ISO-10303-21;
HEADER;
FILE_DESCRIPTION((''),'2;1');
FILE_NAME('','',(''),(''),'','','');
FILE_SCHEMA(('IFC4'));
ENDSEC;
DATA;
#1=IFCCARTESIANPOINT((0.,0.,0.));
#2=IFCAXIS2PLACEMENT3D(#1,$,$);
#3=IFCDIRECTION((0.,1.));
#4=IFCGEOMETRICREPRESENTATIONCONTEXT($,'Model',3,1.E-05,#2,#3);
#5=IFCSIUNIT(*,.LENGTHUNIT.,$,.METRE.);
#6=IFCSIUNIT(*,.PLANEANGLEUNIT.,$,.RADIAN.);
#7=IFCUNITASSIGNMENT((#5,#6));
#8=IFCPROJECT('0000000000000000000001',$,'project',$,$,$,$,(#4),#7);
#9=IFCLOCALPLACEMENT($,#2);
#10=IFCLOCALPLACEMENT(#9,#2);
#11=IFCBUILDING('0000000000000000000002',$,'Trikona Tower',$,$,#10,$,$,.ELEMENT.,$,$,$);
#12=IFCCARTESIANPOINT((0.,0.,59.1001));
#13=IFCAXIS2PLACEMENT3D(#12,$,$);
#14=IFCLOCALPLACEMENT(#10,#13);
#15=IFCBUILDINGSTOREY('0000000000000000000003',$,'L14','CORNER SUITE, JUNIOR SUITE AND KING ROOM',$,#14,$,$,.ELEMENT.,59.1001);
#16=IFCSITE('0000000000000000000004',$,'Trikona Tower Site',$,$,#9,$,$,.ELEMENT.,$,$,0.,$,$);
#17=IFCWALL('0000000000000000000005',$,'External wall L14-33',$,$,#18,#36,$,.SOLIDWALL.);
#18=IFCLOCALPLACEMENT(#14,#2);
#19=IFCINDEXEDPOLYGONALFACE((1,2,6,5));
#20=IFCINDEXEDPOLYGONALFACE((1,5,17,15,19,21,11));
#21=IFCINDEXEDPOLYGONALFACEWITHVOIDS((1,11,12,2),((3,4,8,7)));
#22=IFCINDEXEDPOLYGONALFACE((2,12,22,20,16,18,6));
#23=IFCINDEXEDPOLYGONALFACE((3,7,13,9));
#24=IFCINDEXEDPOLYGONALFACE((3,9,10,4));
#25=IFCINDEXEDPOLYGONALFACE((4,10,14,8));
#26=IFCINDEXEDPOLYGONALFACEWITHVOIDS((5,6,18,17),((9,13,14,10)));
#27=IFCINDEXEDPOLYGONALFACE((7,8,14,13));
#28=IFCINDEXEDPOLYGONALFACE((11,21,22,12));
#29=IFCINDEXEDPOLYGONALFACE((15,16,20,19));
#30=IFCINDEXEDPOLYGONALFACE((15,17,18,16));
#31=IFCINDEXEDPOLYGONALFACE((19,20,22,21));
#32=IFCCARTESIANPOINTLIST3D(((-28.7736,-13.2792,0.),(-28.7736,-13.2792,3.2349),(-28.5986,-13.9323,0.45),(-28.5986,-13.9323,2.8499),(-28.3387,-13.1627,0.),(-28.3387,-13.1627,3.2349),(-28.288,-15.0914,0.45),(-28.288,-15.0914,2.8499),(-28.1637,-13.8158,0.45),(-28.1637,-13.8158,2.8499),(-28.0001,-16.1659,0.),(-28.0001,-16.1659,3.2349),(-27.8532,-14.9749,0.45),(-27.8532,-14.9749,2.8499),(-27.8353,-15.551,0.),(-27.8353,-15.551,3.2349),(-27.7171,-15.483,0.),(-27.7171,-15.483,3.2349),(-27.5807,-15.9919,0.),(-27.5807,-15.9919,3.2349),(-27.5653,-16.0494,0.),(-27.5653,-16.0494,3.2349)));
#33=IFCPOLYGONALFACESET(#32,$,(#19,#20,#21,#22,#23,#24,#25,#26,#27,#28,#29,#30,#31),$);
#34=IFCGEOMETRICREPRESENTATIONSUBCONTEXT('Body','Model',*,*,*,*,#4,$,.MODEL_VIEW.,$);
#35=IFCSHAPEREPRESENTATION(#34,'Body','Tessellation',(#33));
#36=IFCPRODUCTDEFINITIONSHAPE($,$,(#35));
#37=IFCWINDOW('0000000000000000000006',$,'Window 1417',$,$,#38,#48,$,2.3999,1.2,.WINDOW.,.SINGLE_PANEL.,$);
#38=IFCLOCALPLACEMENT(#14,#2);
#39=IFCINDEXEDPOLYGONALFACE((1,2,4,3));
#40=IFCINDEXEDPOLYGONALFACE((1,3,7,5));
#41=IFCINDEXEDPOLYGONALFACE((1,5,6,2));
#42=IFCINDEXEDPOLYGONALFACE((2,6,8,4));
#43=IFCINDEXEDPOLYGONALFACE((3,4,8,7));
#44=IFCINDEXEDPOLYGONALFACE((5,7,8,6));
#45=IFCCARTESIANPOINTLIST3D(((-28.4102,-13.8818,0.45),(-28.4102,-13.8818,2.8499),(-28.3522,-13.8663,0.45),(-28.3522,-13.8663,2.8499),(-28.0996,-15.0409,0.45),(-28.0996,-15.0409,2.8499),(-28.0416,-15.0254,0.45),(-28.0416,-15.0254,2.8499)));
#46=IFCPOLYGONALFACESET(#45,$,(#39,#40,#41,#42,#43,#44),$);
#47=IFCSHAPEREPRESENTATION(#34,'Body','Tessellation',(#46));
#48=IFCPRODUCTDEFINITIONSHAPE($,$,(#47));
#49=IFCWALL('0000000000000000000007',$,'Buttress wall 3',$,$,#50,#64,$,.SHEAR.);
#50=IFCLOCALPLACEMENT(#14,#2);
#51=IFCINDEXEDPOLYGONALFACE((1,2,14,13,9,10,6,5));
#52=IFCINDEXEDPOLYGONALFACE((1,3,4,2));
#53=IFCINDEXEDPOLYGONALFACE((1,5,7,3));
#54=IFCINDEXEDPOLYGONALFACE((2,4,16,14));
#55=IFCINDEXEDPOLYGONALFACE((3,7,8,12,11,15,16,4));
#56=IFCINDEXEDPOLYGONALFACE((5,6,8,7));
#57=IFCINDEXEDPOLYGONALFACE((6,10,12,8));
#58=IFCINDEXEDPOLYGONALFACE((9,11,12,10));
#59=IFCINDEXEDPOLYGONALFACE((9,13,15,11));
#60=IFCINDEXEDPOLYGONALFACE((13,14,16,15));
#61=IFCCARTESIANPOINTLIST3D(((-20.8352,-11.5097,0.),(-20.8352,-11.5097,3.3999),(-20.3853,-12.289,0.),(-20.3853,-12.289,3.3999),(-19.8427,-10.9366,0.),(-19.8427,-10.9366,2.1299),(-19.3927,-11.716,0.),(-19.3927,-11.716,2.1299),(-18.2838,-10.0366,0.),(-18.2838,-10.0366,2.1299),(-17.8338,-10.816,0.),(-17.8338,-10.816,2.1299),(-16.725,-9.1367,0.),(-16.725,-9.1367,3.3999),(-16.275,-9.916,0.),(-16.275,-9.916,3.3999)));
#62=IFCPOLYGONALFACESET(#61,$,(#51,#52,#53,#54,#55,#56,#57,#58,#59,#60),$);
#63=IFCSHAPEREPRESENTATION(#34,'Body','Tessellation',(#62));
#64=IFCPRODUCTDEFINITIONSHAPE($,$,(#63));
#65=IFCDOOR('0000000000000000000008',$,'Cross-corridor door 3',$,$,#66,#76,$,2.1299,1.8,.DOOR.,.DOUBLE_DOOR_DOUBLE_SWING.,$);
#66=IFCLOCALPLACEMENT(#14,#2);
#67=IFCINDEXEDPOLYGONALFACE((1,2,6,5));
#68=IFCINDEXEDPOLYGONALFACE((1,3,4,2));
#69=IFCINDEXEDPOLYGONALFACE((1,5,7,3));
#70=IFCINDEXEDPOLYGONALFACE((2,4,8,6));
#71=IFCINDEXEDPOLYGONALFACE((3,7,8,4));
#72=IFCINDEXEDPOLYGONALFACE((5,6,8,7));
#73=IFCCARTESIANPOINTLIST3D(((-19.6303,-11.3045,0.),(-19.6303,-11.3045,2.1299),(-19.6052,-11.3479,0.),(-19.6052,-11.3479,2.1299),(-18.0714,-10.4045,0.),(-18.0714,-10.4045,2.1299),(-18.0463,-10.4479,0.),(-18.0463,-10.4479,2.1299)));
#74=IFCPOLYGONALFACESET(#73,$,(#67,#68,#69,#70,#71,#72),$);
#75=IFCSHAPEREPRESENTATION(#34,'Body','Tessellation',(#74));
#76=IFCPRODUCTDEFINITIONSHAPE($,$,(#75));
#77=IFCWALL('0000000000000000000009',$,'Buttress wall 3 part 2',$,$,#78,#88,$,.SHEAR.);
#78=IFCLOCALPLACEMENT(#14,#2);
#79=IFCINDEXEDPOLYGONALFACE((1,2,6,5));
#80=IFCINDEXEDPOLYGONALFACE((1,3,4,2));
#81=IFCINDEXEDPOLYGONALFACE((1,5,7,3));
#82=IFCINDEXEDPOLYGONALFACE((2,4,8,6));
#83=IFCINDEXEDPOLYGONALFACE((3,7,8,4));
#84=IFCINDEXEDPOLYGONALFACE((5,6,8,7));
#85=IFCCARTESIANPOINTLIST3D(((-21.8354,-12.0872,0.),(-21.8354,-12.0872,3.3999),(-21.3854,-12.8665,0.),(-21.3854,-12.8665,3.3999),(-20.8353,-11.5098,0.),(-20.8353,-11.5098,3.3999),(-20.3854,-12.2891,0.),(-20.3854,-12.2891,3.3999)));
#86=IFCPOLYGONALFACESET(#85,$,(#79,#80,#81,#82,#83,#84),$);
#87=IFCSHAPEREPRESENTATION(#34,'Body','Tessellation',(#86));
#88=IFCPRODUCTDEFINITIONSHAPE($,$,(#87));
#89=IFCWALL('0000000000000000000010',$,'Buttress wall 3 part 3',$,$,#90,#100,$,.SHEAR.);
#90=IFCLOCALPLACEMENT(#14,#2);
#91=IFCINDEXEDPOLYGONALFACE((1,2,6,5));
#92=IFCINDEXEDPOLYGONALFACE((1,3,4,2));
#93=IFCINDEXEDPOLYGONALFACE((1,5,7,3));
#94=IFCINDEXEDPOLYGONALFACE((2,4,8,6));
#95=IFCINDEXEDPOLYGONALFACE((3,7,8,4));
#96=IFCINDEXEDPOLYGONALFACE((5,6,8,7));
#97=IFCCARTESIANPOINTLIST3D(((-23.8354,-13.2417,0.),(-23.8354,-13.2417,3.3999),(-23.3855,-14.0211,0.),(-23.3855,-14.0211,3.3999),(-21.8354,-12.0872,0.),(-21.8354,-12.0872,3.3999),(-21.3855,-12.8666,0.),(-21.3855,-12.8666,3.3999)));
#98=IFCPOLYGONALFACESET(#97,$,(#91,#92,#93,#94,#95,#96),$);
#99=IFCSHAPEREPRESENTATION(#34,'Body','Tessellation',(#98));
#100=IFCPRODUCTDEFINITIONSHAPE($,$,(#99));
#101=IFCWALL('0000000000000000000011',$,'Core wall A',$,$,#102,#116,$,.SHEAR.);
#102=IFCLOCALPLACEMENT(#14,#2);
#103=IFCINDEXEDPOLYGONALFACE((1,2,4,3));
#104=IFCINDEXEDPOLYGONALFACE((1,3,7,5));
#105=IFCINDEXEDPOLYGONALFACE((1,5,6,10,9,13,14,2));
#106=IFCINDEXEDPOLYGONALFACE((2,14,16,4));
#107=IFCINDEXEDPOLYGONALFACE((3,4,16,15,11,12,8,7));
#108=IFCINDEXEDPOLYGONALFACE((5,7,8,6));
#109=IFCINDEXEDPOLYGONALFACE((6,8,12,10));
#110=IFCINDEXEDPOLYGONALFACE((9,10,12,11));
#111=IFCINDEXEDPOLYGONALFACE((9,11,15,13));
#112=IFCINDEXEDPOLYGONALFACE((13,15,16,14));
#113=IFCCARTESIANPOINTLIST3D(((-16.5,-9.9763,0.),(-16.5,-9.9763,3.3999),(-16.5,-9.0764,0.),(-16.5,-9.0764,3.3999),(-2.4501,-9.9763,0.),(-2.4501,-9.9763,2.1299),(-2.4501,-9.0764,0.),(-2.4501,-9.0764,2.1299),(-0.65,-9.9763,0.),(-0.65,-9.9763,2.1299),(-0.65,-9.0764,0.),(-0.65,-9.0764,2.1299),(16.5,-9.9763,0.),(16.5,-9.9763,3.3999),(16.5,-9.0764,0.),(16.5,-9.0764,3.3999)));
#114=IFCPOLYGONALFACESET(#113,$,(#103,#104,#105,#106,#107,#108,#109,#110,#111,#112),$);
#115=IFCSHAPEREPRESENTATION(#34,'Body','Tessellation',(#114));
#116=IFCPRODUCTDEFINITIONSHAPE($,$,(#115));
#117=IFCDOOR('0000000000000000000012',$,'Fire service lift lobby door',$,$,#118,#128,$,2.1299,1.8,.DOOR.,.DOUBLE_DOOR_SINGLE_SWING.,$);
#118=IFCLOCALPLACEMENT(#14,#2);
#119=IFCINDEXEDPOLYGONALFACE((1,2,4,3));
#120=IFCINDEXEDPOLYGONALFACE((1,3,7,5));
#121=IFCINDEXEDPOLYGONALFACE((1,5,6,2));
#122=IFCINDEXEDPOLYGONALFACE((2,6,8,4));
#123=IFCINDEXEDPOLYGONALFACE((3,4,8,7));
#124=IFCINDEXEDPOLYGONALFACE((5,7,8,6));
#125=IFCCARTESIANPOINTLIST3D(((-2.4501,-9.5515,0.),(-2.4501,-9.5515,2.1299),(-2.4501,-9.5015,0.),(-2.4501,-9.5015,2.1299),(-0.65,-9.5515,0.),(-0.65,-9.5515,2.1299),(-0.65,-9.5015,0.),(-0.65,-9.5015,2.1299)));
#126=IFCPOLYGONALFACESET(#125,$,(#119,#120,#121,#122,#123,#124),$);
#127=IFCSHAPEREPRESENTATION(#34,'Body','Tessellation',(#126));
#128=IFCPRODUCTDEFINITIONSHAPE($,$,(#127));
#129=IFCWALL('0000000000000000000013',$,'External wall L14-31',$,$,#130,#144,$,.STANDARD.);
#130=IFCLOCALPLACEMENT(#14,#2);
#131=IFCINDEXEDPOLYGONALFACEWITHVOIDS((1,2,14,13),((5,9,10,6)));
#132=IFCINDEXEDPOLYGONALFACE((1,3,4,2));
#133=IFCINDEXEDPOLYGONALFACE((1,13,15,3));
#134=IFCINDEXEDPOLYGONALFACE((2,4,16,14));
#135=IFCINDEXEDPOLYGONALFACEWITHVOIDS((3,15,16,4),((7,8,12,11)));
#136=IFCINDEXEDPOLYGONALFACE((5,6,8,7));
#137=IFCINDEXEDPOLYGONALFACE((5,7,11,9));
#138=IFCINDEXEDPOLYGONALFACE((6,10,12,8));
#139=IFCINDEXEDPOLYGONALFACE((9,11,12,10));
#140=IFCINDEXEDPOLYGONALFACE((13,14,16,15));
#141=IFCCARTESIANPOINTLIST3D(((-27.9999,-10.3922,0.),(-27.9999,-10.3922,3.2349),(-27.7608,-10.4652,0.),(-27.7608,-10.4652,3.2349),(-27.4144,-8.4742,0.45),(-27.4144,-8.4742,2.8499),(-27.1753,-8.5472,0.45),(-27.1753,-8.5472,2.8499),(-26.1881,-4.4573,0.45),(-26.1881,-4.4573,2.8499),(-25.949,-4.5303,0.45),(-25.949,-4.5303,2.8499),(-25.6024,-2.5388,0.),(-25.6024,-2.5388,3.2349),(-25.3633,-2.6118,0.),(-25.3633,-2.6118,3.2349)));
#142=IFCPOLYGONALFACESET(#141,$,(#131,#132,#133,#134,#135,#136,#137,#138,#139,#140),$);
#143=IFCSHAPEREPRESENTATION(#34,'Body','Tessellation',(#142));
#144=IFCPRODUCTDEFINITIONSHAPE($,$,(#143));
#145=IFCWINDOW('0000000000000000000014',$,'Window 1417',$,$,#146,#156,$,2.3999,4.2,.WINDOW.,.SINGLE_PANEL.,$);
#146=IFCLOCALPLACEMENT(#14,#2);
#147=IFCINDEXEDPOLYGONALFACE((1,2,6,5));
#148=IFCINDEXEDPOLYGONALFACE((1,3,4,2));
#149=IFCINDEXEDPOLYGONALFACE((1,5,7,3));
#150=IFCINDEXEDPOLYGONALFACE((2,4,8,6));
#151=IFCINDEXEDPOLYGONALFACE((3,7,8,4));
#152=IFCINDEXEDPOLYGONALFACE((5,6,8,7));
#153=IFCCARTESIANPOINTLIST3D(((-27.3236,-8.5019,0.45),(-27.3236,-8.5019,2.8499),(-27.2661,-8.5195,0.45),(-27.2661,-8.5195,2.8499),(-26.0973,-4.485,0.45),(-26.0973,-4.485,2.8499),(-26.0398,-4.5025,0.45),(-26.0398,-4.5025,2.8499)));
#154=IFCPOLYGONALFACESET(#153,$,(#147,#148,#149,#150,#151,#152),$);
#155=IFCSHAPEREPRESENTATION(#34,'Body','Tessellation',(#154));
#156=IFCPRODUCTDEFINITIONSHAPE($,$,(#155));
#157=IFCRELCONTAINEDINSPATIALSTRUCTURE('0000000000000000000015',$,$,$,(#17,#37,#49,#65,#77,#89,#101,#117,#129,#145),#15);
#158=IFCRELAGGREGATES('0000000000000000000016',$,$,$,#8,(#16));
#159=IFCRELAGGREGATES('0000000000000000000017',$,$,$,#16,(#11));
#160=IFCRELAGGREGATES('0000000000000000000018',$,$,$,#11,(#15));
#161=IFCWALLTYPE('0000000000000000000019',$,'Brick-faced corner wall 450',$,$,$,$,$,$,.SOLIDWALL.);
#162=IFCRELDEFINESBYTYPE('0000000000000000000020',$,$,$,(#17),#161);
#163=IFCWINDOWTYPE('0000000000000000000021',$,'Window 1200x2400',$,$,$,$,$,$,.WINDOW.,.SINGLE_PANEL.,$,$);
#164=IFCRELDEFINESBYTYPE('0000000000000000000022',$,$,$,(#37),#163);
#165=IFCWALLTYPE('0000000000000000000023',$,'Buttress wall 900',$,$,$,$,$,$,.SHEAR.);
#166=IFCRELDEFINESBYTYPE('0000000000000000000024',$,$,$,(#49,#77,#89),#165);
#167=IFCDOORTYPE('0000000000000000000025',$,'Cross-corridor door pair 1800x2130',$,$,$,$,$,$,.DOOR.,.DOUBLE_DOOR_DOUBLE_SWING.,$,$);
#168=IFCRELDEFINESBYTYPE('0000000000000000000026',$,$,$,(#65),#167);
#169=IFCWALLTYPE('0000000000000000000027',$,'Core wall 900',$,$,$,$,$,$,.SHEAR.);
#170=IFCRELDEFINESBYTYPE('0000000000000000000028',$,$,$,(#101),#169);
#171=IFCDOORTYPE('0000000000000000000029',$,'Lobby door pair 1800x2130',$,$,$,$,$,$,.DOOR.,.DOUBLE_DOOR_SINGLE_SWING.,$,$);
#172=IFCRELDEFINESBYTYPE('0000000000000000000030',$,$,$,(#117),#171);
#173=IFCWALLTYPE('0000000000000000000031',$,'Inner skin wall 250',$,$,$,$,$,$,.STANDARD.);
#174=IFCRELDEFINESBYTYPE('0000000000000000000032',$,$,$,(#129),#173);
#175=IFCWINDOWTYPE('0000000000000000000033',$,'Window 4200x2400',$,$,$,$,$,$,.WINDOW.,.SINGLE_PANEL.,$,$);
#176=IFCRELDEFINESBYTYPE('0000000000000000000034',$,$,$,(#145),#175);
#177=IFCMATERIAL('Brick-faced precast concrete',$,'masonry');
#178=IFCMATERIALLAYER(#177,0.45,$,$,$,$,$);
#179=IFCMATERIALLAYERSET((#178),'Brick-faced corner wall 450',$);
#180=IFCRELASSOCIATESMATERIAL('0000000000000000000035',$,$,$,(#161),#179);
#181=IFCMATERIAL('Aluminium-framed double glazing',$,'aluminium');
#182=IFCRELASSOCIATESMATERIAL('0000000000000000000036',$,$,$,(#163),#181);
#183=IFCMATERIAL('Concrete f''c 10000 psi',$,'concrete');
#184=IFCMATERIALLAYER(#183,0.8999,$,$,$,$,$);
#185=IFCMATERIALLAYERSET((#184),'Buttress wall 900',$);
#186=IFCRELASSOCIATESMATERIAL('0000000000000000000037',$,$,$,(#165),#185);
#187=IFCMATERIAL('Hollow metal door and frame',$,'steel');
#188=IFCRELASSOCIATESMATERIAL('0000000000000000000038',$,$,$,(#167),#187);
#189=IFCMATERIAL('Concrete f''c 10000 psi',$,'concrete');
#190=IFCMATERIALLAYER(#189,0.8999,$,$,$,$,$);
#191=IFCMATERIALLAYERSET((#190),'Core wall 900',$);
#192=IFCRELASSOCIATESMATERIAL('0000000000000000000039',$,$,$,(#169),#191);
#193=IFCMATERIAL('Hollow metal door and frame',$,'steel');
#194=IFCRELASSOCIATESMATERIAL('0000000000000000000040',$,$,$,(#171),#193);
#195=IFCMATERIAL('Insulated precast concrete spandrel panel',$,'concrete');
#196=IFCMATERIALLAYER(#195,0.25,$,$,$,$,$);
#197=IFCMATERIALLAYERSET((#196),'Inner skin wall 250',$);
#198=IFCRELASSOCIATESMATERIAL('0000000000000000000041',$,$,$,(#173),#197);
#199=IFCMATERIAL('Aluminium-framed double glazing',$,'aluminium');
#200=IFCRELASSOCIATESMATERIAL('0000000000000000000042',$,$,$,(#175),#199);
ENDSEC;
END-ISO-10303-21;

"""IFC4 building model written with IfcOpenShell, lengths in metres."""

from ifc_helpers import new_model, si_unit, direction, frame, frame_2d, origin, place, context, subcontext, project, spatial, polyline, rectangle, outline, extrude, material, layer, layer_set, type_object, element, fill, save


model = new_model("IFC4")

# Units and contexts
model_context = context("Model", 3, precision=1e-05, world=origin(), true_north=direction((0.0, 1.0)))
body_context = subcontext(model_context, "Body", "Model", "MODEL_VIEW")
ifc_project = project(units=[si_unit("LENGTHUNIT", "METRE"), si_unit("PLANEANGLEUNIT", "RADIAN")], contexts=[model_context])

# Site, building, storey
site_placement = place(None, origin())
site = spatial("IfcSite", under=ifc_project, at=site_placement, Name="Trikona Tower Site", CompositionType="ELEMENT", RefElevation=0.0)
building_placement = place(site_placement, origin())
building = spatial("IfcBuilding", under=site, at=building_placement, Name="Trikona Tower", CompositionType="ELEMENT")
storey_placement = place(building_placement, frame((0.0, 0.0, 59.1001)))
storey = spatial("IfcBuildingStorey", under=building, at=storey_placement, Name="L14", Description="CORNER SUITE, JUNIOR SUITE AND KING ROOM", CompositionType="ELEMENT", Elevation=59.1001)

# Wall, opening, window
ifc_material_1 = material(Name="Brick-faced precast concrete", Category="masonry")
ifc_layer_1 = layer(ifc_material_1, 0.45)
ifc_layer_set_1 = layer_set([ifc_layer_1], Name="Brick-faced corner wall 450")
wall_type_1 = type_object("IfcWallType", Name="Brick-faced corner wall 450", PredefinedType="SOLIDWALL", material=ifc_layer_set_1)
wall_1_placement = place(storey_placement, frame((-28.5562, -13.2209, 0.0), z_axis=(0.0, 0.0, 1.0), x_axis=(0.258801, -0.965931, 0.0)))
wall_1 = element("IfcWall", 1, at=wall_1_placement, inside=storey, type_object=wall_type_1, Name="External wall L14-33", PredefinedType="SOLIDWALL", context=body_context, shape_type="SweptSolid", body=[
    extrude(outline(polyline([(2.9885, 0.2251), (2.929, 0.2251), (2.4373, 0.0933), (2.4021, 0.2251), (0.0, 0.2251), (0.0, -0.2251), (2.9885, -0.2251), (2.9885, 0.2251)])), origin(), (0.0, 0.0, 1.0), 3.2349),
])
opening_1_placement = place(wall_1_placement, frame((0.676, 0.0, 0.45)))
opening_1 = element("IfcOpeningElement", 2, at=opening_1_placement, cuts=wall_1, PredefinedType="OPENING", context=body_context, shape_type="SweptSolid", body=[
    extrude(rectangle(XDim=1.2, YDim=2.3999, at=frame_2d((0.6001, 1.2))), frame((0.0, 0.2349, 0.0), z_axis=(0.0, -1.0, 0.0), x_axis=(1.0, 0.0, 0.0)), (0.0, 0.0, 1.0), 0.47),
])
ifc_material_2 = material(Name="Aluminium-framed double glazing", Category="aluminium")
window_type_1 = type_object("IfcWindowType", Name="Window 1200x2400", PartitioningType="SINGLE_PANEL", PredefinedType="WINDOW", material=ifc_material_2)
window_1_placement = place(opening_1_placement, origin())
window_1 = element("IfcWindow", 3, at=window_1_placement, inside=storey, type_object=window_type_1, Name="Window 1417", OverallHeight=2.3999, OverallWidth=1.2, PartitioningType="SINGLE_PANEL", PredefinedType="WINDOW", context=body_context, shape_type="SweptSolid", body=[
    extrude(rectangle(XDim=1.2, YDim=2.3999, at=frame_2d((0.6001, 1.2))), frame((0.0, 0.03, 0.0), z_axis=(0.0, -1.0, 0.0), x_axis=(1.0, 0.0, 0.0)), (0.0, 0.0, 1.0), 0.0601),
])
fill(opening_1, window_1)

# Wall, opening, door
ifc_material_3 = material(Name="Concrete f'c 10000 psi", Category="concrete")
ifc_layer_2 = layer(ifc_material_3, 0.8999)
ifc_layer_set_2 = layer_set([ifc_layer_2], Name="Buttress wall 900")
wall_type_2 = type_object("IfcWallType", Name="Buttress wall 900", PredefinedType="SHEAR", material=ifc_layer_set_2)
wall_2_placement = place(storey_placement, frame((-16.5, -9.5264, 0.0), z_axis=(0.0, 0.0, 1.0), x_axis=(-0.866031, -0.49999, 0.0)))
wall_2 = element("IfcWall", 4, at=wall_2_placement, inside=storey, type_object=wall_type_2, Name="Buttress wall 3", PredefinedType="SHEAR", context=body_context, shape_type="SweptSolid", body=[
    extrude(rectangle(XDim=4.7461, YDim=0.8999, at=frame_2d((2.373, 0.0))), origin(), (0.0, 0.0, 1.0), 3.3999),
])
opening_2_placement = place(wall_2_placement, frame((1.8, 0.0, 0.0)))
opening_2 = element("IfcOpeningElement", 5, at=opening_2_placement, cuts=wall_2, PredefinedType="OPENING", context=body_context, shape_type="SweptSolid", body=[
    extrude(rectangle(XDim=1.8, YDim=2.1299, at=frame_2d((0.8999, 1.0649))), frame((0.0, 0.46, 0.0), z_axis=(0.0, -1.0, 0.0), x_axis=(1.0, 0.0, 0.0)), (0.0, 0.0, 1.0), 0.9199),
])
ifc_material_4 = material(Name="Hollow metal door and frame", Category="steel")
door_type_1 = type_object("IfcDoorType", Name="Cross-corridor door pair 1800x2130", OperationType="DOUBLE_DOOR_DOUBLE_SWING", PredefinedType="DOOR", material=ifc_material_4)
door_1_placement = place(opening_2_placement, origin())
door_1 = element("IfcDoor", 6, at=door_1_placement, inside=storey, type_object=door_type_1, Name="Cross-corridor door 3", OperationType="DOUBLE_DOOR_DOUBLE_SWING", OverallHeight=2.1299, OverallWidth=1.8, PredefinedType="DOOR", context=body_context, shape_type="SweptSolid", body=[
    extrude(rectangle(XDim=1.8, YDim=2.1299, at=frame_2d((0.8999, 1.0649))), frame((0.0, 0.0249, 0.0), z_axis=(0.0, -1.0, 0.0), x_axis=(1.0, 0.0, 0.0)), (0.0, 0.0, 1.0), 0.05),
])
fill(opening_2, door_1)

# Walls
wall_3_placement = place(storey_placement, frame((-20.6104, -11.8994, 0.0), z_axis=(0.0, 0.0, 1.0), x_axis=(-0.86601, -0.500027, 0.0)))
element("IfcWall", 7, at=wall_3_placement, inside=storey, type_object=wall_type_2, Name="Buttress wall 3 part 2", PredefinedType="SHEAR", context=body_context, shape_type="SweptSolid", body=[
    extrude(rectangle(XDim=1.1548, YDim=0.8999, at=frame_2d((0.5774, 0.0))), origin(), (0.0, 0.0, 1.0), 3.3999),
])
wall_4_placement = place(storey_placement, frame((-21.6104, -12.4768, 0.0), z_axis=(0.0, 0.0, 1.0), x_axis=(-0.866055, -0.499948, 0.0)))
element("IfcWall", 8, at=wall_4_placement, inside=storey, type_object=wall_type_2, Name="Buttress wall 3 part 3", PredefinedType="SHEAR", context=body_context, shape_type="SweptSolid", body=[
    extrude(rectangle(XDim=2.3093, YDim=0.8999, at=frame_2d((1.1548, 0.0))), origin(), (0.0, 0.0, 1.0), 3.3999),
])

# Wall, opening, door
ifc_material_5 = material(Name="Concrete f'c 10000 psi", Category="concrete")
ifc_layer_3 = layer(ifc_material_5, 0.8999)
ifc_layer_set_3 = layer_set([ifc_layer_3], Name="Core wall 900")
wall_type_3 = type_object("IfcWallType", Name="Core wall 900", PredefinedType="SHEAR", material=ifc_layer_set_3)
wall_5_placement = place(storey_placement, frame((-16.5, -9.5264, 0.0), z_axis=(0.0, 0.0, 1.0), x_axis=(1.0, 0.0, 0.0)))
wall_5 = element("IfcWall", 9, at=wall_5_placement, inside=storey, type_object=wall_type_3, Name="Core wall A", PredefinedType="SHEAR", context=body_context, shape_type="SweptSolid", body=[
    extrude(rectangle(XDim=33.0, YDim=0.8999, at=frame_2d((16.5, 0.0))), origin(), (0.0, 0.0, 1.0), 3.3999),
])
opening_3_placement = place(wall_5_placement, frame((14.05, 0.0, 0.0)))
opening_3 = element("IfcOpeningElement", 10, at=opening_3_placement, cuts=wall_5, PredefinedType="OPENING", context=body_context, shape_type="SweptSolid", body=[
    extrude(rectangle(XDim=1.8, YDim=2.1299, at=frame_2d((0.8999, 1.0649))), frame((0.0, 0.46, 0.0), z_axis=(0.0, -1.0, 0.0), x_axis=(1.0, 0.0, 0.0)), (0.0, 0.0, 1.0), 0.9199),
])
ifc_material_6 = material(Name="Hollow metal door and frame", Category="steel")
door_type_2 = type_object("IfcDoorType", Name="Lobby door pair 1800x2130", OperationType="DOUBLE_DOOR_SINGLE_SWING", PredefinedType="DOOR", material=ifc_material_6)
door_2_placement = place(opening_3_placement, origin())
door_2 = element("IfcDoor", 11, at=door_2_placement, inside=storey, type_object=door_type_2, Name="Fire service lift lobby door", OperationType="DOUBLE_DOOR_SINGLE_SWING", OverallHeight=2.1299, OverallWidth=1.8, PredefinedType="DOOR", context=body_context, shape_type="SweptSolid", body=[
    extrude(rectangle(XDim=1.8, YDim=2.1299, at=frame_2d((0.8999, 1.0649))), frame((0.0, 0.0249, 0.0), z_axis=(0.0, -1.0, 0.0), x_axis=(1.0, 0.0, 0.0)), (0.0, 0.0, 1.0), 0.05),
])
fill(opening_3, door_2)

# Wall, opening, window
ifc_material_7 = material(Name="Insulated precast concrete spandrel panel", Category="concrete")
ifc_layer_4 = layer(ifc_material_7, 0.25)
ifc_layer_set_4 = layer_set([ifc_layer_4], Name="Inner skin wall 250")
wall_type_4 = type_object("IfcWallType", Name="Inner skin wall 250", PredefinedType="STANDARD", material=ifc_layer_set_4)
wall_6_placement = place(storey_placement, frame((-25.4829, -2.5754, 0.0), z_axis=(0.0, 0.0, 1.0), x_axis=(-0.291979, -0.956425, 0.0)))
wall_6 = element("IfcWall", 12, at=wall_6_placement, inside=storey, type_object=wall_type_4, Name="External wall L14-31", PredefinedType="STANDARD", context=body_context, shape_type="SweptSolid", body=[
    extrude(rectangle(XDim=8.2112, YDim=0.25, at=frame_2d((4.1055, 0.0))), origin(), (0.0, 0.0, 1.0), 3.2349),
])
opening_4_placement = place(wall_6_placement, frame((2.0056, 0.0, 0.45)))
opening_4 = element("IfcOpeningElement", 13, at=opening_4_placement, cuts=wall_6, PredefinedType="OPENING", context=body_context, shape_type="SweptSolid", body=[
    extrude(rectangle(XDim=4.2, YDim=2.3999, at=frame_2d((2.1001, 1.2))), frame((0.0, 0.135, 0.0), z_axis=(0.0, -1.0, 0.0), x_axis=(1.0, 0.0, 0.0)), (0.0, 0.0, 1.0), 0.27),
])
ifc_material_8 = material(Name="Aluminium-framed double glazing", Category="aluminium")
window_type_2 = type_object("IfcWindowType", Name="Window 4200x2400", PartitioningType="SINGLE_PANEL", PredefinedType="WINDOW", material=ifc_material_8)
window_2_placement = place(opening_4_placement, origin())
window_2 = element("IfcWindow", 14, at=window_2_placement, inside=storey, type_object=window_type_2, Name="Window 1417", OverallHeight=2.3999, OverallWidth=4.2, PartitioningType="SINGLE_PANEL", PredefinedType="WINDOW", context=body_context, shape_type="SweptSolid", body=[
    extrude(rectangle(XDim=4.2, YDim=2.3999, at=frame_2d((2.1001, 1.2))), frame((0.0, 0.03, 0.0), z_axis=(0.0, -1.0, 0.0), x_axis=(1.0, 0.0, 0.0)), (0.0, 0.0, 1.0), 0.0601),
])
fill(opening_4, window_2)

save(model, "model.ifc")
